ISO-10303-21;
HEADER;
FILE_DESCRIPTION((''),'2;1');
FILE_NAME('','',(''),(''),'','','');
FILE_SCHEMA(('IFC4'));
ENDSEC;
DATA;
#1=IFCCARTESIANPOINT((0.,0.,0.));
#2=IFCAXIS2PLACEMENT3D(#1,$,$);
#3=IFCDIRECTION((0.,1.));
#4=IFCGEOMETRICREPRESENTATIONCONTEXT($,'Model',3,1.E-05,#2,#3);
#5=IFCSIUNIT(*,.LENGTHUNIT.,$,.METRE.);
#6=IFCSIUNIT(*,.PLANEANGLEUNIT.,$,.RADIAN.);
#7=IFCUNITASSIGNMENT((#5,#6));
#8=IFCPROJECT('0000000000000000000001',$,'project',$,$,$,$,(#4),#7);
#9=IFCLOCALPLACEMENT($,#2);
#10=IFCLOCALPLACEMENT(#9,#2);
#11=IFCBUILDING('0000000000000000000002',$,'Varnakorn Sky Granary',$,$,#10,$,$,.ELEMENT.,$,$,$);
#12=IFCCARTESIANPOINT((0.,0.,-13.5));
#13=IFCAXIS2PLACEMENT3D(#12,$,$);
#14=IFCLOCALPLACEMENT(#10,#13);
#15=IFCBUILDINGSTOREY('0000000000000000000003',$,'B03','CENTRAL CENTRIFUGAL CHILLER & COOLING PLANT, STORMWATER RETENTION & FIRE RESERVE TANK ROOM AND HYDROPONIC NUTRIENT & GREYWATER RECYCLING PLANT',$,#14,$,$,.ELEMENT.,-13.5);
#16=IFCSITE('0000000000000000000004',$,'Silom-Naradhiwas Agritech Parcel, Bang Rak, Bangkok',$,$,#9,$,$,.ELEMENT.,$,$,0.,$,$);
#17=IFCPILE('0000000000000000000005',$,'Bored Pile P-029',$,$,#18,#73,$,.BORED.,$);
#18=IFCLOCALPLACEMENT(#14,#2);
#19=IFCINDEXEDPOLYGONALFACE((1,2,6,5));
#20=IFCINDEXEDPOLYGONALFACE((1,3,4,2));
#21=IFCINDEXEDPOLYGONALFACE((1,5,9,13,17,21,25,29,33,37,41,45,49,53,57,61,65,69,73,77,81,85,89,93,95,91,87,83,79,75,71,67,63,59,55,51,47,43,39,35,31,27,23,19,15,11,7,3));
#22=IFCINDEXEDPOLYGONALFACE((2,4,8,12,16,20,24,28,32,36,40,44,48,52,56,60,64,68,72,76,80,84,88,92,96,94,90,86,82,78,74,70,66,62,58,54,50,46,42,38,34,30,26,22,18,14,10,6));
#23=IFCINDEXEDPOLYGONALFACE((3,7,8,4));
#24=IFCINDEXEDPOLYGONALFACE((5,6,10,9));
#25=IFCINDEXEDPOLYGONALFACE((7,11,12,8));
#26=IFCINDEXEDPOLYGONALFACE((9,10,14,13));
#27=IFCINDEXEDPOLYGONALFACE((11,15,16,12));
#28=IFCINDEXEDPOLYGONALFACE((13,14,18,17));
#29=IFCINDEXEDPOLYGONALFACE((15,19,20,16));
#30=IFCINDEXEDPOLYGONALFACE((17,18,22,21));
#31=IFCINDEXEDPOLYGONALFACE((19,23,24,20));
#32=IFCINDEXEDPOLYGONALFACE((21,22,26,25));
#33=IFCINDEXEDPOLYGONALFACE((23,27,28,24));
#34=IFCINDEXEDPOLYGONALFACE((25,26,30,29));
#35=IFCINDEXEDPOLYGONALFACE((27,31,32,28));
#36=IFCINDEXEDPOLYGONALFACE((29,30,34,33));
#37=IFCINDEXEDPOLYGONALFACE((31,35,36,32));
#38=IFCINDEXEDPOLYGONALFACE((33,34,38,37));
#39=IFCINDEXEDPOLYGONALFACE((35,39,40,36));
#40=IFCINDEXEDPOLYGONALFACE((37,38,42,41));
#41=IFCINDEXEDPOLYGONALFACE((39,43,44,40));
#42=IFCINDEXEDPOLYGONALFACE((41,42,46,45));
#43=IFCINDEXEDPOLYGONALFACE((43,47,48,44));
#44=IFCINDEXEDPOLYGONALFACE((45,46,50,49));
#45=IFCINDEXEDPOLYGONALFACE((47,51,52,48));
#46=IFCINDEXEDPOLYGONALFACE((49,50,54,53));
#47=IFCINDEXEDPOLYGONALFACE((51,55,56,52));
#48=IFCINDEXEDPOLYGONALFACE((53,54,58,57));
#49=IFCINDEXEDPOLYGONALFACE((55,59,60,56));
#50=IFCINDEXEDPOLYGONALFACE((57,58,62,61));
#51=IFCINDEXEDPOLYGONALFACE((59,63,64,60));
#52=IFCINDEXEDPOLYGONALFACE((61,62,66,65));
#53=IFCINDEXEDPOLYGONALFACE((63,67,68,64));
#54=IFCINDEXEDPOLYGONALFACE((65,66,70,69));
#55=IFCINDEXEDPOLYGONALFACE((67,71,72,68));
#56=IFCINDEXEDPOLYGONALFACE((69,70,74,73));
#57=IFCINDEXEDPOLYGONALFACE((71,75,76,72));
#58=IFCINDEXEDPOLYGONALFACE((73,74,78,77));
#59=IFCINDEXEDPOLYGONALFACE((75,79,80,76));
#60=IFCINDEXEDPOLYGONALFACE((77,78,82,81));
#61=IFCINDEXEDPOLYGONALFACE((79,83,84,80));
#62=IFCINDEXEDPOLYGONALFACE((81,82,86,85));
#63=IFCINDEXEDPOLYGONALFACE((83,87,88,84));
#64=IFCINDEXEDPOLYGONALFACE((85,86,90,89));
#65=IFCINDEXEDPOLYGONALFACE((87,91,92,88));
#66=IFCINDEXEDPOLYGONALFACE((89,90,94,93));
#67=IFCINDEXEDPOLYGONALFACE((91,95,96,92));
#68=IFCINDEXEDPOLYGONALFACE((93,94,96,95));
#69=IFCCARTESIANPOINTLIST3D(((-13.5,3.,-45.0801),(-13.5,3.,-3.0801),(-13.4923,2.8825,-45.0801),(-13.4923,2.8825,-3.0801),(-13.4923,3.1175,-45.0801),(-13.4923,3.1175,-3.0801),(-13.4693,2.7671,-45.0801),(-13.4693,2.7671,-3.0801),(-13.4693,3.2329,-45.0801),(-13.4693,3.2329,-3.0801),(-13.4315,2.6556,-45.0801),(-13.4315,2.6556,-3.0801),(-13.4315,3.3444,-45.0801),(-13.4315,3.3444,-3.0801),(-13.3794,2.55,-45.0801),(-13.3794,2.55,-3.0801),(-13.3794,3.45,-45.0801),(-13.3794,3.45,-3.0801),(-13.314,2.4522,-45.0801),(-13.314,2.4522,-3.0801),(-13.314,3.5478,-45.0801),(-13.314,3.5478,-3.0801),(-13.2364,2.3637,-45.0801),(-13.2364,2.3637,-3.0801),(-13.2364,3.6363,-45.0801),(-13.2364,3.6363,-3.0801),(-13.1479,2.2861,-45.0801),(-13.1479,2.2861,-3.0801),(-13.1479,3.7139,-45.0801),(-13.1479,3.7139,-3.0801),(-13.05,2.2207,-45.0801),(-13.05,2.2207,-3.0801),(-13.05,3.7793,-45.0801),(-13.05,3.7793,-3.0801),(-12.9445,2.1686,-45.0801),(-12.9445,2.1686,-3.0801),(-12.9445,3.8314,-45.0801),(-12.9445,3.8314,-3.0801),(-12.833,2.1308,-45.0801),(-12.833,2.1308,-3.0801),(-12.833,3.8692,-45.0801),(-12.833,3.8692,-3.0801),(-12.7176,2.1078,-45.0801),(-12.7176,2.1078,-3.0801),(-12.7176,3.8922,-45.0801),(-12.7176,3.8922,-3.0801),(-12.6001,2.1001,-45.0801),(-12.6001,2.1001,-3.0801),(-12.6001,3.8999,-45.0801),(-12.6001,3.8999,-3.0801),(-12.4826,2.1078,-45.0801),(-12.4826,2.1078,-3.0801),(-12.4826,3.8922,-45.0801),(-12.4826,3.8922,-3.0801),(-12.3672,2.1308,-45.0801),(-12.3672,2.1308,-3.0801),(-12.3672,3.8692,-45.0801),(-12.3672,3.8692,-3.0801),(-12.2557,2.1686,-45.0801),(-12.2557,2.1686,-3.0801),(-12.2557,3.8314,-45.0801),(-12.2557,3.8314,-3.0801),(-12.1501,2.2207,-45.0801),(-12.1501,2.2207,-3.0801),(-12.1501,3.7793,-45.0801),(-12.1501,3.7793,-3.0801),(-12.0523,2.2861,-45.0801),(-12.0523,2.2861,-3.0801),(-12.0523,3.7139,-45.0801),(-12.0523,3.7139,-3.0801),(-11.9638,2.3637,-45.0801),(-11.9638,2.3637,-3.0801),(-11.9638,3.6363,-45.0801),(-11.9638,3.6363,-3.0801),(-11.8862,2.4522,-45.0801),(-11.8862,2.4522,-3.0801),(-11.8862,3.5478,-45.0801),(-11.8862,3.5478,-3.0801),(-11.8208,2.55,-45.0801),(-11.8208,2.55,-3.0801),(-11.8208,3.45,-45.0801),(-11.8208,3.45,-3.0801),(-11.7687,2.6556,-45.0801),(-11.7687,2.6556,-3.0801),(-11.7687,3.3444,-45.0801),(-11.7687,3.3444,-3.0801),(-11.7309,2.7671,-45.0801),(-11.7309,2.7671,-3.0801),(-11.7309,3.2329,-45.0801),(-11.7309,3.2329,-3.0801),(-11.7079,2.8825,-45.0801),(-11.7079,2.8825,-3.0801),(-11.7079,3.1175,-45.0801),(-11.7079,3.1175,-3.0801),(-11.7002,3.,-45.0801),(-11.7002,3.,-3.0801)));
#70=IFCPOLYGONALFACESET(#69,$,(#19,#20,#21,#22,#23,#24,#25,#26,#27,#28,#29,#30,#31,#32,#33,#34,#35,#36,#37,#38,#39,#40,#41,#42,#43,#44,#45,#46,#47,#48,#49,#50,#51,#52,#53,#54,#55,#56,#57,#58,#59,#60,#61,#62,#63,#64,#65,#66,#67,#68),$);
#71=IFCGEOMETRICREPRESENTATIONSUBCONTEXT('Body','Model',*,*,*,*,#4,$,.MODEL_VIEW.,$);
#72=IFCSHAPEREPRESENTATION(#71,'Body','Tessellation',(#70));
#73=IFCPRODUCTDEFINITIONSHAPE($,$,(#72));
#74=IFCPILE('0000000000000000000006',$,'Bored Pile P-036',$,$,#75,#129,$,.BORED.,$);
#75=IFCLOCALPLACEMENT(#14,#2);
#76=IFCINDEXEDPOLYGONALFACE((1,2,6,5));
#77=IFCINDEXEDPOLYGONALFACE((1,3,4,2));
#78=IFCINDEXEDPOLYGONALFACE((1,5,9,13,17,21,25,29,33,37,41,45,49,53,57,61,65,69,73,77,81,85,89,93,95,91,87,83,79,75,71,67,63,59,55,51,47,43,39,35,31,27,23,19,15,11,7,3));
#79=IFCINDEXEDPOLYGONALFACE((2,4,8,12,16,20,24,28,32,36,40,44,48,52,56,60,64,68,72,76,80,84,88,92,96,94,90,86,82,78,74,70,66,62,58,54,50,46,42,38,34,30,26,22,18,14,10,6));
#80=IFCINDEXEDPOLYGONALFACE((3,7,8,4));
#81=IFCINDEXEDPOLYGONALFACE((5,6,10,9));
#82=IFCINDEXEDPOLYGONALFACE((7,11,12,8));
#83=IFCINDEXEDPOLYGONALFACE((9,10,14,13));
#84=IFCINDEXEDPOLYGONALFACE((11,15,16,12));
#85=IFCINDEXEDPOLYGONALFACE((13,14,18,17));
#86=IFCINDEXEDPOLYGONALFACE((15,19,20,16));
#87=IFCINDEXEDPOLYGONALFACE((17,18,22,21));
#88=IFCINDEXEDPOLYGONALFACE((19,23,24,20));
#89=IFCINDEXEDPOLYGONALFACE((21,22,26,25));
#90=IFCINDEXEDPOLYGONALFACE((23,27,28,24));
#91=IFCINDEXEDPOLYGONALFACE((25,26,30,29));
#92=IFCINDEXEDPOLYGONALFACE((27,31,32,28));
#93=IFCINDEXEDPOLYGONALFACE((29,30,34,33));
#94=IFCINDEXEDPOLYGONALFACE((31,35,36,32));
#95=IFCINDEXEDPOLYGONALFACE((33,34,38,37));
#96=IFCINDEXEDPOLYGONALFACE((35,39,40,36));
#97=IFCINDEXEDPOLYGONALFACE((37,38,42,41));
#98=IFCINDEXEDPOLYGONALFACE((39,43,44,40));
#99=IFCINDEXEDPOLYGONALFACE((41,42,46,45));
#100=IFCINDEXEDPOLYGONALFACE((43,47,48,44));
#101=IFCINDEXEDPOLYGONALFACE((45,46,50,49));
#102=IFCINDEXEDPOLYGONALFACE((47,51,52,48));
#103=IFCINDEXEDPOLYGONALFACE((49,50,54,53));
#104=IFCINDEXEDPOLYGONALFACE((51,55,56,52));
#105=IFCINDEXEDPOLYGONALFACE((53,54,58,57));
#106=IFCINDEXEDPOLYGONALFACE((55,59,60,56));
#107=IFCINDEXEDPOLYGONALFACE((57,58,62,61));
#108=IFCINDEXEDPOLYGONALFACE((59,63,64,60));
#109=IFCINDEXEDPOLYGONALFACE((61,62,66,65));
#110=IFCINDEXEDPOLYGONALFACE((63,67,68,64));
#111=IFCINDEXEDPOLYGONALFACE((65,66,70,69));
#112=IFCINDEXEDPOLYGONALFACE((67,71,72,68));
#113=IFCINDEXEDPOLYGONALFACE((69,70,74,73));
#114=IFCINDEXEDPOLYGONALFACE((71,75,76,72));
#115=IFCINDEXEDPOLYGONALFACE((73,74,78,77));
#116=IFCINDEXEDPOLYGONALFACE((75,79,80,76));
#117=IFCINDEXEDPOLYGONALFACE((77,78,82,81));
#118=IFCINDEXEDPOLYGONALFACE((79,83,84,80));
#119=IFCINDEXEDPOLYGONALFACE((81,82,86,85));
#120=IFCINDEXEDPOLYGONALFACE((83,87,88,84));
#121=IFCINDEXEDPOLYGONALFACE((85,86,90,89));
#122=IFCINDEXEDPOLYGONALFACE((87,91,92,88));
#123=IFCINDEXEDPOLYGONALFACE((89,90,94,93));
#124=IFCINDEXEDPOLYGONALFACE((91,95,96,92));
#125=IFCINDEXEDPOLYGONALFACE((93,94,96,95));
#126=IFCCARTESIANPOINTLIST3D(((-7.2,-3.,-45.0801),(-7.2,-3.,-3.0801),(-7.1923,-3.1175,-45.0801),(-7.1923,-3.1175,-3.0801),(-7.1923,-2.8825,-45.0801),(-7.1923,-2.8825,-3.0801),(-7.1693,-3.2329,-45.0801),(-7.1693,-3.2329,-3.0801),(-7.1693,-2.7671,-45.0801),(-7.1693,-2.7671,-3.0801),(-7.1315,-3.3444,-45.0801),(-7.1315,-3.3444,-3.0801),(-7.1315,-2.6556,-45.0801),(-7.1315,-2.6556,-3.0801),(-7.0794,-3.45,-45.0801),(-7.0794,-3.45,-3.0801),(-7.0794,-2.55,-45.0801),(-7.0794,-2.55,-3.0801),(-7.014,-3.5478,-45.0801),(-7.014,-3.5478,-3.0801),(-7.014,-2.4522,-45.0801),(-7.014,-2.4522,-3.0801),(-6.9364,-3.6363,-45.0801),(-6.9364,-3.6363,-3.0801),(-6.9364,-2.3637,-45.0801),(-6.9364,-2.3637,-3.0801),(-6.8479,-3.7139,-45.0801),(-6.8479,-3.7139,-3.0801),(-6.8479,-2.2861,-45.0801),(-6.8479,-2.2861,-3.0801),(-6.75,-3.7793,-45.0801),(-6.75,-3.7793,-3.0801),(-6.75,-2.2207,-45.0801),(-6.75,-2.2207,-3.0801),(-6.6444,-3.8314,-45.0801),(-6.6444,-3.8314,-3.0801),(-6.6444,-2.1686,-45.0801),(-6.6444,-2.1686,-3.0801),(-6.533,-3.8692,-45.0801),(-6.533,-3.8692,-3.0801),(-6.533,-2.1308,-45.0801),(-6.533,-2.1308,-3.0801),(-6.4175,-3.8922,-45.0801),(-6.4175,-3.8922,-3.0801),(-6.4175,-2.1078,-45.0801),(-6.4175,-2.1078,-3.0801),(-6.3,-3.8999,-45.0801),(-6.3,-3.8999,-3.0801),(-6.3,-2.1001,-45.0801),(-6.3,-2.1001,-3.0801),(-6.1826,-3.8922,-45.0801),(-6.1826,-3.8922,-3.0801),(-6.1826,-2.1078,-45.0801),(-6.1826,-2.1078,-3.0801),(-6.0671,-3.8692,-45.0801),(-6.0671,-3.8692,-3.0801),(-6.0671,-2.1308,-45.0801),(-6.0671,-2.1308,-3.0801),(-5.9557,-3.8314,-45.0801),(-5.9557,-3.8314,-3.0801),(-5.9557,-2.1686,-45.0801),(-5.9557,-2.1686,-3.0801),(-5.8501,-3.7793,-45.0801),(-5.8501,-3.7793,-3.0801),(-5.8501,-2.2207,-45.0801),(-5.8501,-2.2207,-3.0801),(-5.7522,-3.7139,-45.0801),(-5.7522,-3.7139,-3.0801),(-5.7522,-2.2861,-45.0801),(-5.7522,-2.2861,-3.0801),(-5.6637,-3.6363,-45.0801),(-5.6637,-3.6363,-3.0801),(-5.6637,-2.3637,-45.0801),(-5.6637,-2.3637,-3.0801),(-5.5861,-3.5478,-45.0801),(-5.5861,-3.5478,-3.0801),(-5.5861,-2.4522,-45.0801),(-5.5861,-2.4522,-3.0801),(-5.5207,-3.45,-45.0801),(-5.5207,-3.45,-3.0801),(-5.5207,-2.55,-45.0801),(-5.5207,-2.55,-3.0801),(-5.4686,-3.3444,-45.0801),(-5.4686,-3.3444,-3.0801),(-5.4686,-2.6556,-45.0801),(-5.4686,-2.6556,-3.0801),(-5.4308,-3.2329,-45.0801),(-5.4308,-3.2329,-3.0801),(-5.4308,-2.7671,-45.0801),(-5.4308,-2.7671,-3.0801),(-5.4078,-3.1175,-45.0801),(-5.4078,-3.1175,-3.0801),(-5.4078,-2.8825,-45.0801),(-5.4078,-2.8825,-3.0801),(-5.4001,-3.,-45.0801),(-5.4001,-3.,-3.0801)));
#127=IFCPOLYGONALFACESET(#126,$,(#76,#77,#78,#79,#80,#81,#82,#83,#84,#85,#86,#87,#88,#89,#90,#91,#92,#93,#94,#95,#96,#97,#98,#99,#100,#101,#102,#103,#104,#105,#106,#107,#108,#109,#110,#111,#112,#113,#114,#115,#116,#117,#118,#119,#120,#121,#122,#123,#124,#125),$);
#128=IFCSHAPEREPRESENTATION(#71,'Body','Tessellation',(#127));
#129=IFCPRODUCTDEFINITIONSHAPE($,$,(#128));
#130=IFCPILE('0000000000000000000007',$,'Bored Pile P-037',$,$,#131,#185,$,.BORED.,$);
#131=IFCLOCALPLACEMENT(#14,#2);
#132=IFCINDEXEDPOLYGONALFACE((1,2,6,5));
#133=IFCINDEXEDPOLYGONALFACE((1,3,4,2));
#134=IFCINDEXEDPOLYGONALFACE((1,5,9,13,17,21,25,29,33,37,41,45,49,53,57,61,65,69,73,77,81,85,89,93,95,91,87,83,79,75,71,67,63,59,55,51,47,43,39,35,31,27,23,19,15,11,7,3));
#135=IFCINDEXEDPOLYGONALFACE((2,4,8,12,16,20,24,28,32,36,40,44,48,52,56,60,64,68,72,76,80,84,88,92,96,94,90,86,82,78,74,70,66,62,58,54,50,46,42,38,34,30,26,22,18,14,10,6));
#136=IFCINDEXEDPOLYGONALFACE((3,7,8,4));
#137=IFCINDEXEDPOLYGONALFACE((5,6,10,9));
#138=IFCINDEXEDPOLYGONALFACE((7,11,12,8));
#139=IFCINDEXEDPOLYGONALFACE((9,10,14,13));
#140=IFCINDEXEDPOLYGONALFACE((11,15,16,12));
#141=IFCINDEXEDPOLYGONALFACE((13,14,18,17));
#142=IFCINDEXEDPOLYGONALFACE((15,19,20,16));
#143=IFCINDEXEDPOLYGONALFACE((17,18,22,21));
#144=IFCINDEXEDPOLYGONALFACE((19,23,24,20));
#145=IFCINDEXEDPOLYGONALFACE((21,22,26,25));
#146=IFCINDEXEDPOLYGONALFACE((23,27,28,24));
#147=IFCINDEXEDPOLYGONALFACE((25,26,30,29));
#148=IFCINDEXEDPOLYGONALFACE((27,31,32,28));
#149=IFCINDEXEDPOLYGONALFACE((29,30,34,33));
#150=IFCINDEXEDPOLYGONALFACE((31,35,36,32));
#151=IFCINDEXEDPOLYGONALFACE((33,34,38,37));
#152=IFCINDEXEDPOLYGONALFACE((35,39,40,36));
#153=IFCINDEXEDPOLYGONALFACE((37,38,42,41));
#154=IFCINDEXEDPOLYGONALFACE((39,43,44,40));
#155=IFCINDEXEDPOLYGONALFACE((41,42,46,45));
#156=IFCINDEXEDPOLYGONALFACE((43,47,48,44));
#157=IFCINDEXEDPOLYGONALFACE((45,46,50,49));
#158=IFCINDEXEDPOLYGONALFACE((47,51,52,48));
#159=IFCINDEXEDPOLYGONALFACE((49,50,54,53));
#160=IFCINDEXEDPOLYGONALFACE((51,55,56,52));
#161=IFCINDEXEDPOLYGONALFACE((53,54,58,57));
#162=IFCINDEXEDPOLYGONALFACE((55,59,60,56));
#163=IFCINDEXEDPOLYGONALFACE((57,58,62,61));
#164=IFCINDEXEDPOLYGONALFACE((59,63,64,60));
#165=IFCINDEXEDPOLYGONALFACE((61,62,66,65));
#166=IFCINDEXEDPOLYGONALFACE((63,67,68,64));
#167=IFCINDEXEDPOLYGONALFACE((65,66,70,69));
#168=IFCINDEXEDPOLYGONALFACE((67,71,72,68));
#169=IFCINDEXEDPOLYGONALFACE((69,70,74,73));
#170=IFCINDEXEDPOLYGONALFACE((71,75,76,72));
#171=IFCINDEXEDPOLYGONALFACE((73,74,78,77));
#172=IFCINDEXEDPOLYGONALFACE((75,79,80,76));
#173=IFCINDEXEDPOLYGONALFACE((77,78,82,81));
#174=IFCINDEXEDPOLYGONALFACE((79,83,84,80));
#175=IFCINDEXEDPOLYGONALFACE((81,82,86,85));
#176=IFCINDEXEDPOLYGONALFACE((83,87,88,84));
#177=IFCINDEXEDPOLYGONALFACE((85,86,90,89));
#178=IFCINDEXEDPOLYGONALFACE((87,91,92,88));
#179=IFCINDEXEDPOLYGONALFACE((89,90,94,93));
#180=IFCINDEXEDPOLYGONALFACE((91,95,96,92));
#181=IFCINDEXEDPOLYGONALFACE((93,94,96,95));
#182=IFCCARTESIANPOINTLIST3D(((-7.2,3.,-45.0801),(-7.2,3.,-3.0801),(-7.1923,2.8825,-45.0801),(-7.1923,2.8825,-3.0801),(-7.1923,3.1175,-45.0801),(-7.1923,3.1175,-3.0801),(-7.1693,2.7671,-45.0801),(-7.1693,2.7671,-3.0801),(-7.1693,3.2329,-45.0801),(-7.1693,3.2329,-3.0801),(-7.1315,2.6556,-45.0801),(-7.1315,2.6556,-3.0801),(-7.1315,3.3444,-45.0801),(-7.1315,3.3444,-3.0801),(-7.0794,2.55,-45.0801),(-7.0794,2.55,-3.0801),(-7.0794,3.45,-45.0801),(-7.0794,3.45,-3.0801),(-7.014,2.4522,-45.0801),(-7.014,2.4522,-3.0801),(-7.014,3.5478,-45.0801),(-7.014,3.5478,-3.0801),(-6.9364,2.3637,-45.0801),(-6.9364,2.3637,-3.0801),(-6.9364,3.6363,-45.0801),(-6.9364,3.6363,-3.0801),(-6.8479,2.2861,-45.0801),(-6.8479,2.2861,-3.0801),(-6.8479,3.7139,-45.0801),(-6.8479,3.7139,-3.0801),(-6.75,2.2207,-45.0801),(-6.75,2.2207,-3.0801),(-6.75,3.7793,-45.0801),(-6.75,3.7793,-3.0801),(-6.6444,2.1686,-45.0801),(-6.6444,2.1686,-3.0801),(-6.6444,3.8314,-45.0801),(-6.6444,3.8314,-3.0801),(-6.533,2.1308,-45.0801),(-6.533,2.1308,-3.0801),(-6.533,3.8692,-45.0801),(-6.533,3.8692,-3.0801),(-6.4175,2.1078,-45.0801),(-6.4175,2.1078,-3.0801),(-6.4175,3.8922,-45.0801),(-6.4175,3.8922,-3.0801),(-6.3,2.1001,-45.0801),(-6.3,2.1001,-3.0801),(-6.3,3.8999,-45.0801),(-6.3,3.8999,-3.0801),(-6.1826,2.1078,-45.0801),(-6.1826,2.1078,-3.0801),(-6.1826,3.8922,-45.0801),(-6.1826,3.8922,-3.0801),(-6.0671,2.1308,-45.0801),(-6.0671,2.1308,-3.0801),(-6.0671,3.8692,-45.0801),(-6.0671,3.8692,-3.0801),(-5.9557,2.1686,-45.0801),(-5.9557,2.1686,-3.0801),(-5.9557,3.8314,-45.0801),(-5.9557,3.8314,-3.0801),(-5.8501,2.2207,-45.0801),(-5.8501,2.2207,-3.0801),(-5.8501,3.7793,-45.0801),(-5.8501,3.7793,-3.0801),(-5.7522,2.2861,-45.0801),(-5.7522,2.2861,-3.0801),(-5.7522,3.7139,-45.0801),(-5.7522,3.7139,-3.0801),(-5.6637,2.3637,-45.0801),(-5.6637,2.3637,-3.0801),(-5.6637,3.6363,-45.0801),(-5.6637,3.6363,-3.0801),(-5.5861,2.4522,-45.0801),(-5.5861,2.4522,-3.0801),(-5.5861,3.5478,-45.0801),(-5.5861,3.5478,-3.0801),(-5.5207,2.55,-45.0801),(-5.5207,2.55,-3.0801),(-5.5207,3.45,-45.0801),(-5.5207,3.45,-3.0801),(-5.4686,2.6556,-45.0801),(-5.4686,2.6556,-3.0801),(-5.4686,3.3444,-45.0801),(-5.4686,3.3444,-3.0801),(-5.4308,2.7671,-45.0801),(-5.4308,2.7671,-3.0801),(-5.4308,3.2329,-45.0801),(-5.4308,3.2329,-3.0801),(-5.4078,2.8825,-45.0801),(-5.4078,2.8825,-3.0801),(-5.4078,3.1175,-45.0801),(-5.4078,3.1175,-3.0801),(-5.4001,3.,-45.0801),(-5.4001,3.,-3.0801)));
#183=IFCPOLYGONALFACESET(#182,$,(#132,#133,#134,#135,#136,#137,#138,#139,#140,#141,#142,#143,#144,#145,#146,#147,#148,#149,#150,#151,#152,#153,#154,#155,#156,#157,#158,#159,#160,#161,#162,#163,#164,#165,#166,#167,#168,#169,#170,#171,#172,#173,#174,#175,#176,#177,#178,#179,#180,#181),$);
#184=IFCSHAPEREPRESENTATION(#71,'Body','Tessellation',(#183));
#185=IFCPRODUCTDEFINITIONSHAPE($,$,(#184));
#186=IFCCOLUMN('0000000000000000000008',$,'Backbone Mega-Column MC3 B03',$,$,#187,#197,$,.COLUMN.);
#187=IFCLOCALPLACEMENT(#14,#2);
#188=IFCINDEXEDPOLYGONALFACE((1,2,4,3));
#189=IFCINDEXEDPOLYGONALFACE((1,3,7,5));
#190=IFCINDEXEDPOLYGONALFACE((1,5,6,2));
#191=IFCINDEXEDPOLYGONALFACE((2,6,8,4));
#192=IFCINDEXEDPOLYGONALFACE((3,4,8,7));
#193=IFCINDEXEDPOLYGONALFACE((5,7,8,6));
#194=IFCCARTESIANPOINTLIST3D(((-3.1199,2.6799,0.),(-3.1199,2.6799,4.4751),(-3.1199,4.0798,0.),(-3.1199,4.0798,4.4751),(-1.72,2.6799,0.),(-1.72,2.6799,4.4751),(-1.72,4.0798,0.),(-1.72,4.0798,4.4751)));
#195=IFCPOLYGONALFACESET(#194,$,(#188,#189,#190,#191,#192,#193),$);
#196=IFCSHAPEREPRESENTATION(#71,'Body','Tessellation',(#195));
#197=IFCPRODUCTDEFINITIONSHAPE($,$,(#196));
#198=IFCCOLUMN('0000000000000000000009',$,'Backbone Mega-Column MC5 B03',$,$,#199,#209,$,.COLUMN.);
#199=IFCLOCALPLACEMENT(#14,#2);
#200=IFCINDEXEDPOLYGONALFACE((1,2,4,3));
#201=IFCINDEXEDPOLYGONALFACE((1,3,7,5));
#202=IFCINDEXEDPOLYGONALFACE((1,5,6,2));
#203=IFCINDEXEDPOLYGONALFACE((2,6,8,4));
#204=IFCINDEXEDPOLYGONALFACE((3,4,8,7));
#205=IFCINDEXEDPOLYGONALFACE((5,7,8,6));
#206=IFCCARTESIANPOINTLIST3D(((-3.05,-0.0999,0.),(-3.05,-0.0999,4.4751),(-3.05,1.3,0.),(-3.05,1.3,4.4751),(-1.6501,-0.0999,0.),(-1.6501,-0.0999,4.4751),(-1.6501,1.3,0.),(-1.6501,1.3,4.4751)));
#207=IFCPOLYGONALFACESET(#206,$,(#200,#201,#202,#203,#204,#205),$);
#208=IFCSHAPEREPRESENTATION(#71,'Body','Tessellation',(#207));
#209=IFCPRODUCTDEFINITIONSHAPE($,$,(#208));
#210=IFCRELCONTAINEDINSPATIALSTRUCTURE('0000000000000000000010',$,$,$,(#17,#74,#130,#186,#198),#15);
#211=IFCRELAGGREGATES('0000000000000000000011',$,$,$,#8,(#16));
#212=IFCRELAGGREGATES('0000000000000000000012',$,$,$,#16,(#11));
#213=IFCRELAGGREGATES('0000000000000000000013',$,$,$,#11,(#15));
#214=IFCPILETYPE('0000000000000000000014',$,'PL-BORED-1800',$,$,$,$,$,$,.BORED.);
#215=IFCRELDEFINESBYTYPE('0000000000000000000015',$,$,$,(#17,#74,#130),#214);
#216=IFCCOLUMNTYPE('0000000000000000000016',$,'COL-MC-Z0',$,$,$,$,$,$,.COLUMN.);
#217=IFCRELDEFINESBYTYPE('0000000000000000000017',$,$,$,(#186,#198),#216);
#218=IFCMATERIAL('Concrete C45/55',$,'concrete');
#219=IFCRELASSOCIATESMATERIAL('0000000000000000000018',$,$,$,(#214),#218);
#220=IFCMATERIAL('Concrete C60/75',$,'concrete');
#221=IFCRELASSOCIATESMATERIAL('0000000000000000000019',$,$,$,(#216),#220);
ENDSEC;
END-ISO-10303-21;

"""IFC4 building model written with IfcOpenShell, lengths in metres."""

from ifc_helpers import new_model, si_unit, direction, frame, origin, origin_2d, place, context, subcontext, project, spatial, rectangle, circle, extrude, material, material_profile, profile_set, type_object, element, save


model = new_model("IFC4")

# Units and contexts
model_context = context("Model", 3, precision=1e-05, world=origin(), true_north=direction((0.0, 1.0)))
body_context = subcontext(model_context, "Body", "Model", "MODEL_VIEW")
ifc_project = project(units=[si_unit("LENGTHUNIT", "METRE"), si_unit("PLANEANGLEUNIT", "RADIAN")], contexts=[model_context])

# Site, building, storey
site_placement = place(None, origin())
site = spatial("IfcSite", under=ifc_project, at=site_placement, Name="Silom-Naradhiwas Agritech Parcel, Bang Rak, Bangkok", CompositionType="ELEMENT", RefElevation=0.0)
building_placement = place(site_placement, origin())
building = spatial("IfcBuilding", under=site, at=building_placement, Name="Varnakorn Sky Granary", CompositionType="ELEMENT")
storey_placement = place(building_placement, frame((0.0, 0.0, -13.5)))
storey = spatial("IfcBuildingStorey", under=building, at=storey_placement, Name="B03", Description="CENTRAL CENTRIFUGAL CHILLER & COOLING PLANT, STORMWATER RETENTION & FIRE RESERVE TANK ROOM AND HYDROPONIC NUTRIENT & GREYWATER RECYCLING PLANT", CompositionType="ELEMENT", Elevation=-13.5)

# Piles
ifc_material_1 = material(Name="Concrete C45/55", Category="concrete")
ifc_material_profile_1 = material_profile(ifc_material_1, circle(Radius=0.8999, at=origin_2d()), Name="PILE D1800")
ifc_profile_set_1 = profile_set([ifc_material_profile_1], Name="Concrete C45/55")
pile_type = type_object("IfcPileType", Name="PL-BORED-1800", PredefinedType="BORED", material=ifc_profile_set_1)
for number, where, z_axis, x_axis, name in (
    (1, (-12.6001, 3.0, -3.0801), (0.0, 0.0, -1.0), (1.0, 0.0, 0.0), "Bored Pile P-029"),
    (2, (-6.3, -3.0, -3.0801), (0.0, 0.0, -1.0), (1.0, 0.0, 0.0), "Bored Pile P-036"),
    (3, (-6.3, 3.0, -3.0801), (0.0, 0.0, -1.0), (1.0, 0.0, 0.0), "Bored Pile P-037"),
):
    element("IfcPile", number, at=place(storey_placement, frame(where, z_axis=z_axis, x_axis=x_axis)), inside=storey, type_object=pile_type, Name=name, PredefinedType="BORED", context=body_context, shape_type="SweptSolid", body=[
        extrude(circle(Radius=0.8999, at=origin_2d()), origin(), (0.0, 0.0, 1.0), 42.0),
    ])

# Columns
ifc_material_2 = material(Name="Concrete C60/75", Category="concrete")
ifc_material_profile_2 = material_profile(ifc_material_2, rectangle(XDim=1.3999, YDim=1.3999, at=origin_2d()), Name="RC 1400x1400")
ifc_profile_set_2 = profile_set([ifc_material_profile_2], Name="Concrete C60/75")
column_type = type_object("IfcColumnType", Name="COL-MC-Z0", PredefinedType="COLUMN", material=ifc_profile_set_2)
for number, where, z_axis, x_axis, name in (
    (4, (-2.4199, 3.3799, 0.0), (0.0, 0.0, 1.0), (1.0, 0.0, 0.0), "Backbone Mega-Column MC3 B03"),
    (5, (-2.3501, 0.6001, 0.0), (0.0, 0.0, 1.0), (1.0, 0.0, 0.0), "Backbone Mega-Column MC5 B03"),
):
    element("IfcColumn", number, at=place(storey_placement, frame(where, z_axis=z_axis, x_axis=x_axis)), inside=storey, type_object=column_type, Name=name, PredefinedType="COLUMN", context=body_context, shape_type="SweptSolid", body=[
        extrude(rectangle(XDim=1.3999, YDim=1.3999, at=origin_2d()), origin(), (0.0, 0.0, 1.0), 4.4751),
    ])

save(model, "model.ifc")
